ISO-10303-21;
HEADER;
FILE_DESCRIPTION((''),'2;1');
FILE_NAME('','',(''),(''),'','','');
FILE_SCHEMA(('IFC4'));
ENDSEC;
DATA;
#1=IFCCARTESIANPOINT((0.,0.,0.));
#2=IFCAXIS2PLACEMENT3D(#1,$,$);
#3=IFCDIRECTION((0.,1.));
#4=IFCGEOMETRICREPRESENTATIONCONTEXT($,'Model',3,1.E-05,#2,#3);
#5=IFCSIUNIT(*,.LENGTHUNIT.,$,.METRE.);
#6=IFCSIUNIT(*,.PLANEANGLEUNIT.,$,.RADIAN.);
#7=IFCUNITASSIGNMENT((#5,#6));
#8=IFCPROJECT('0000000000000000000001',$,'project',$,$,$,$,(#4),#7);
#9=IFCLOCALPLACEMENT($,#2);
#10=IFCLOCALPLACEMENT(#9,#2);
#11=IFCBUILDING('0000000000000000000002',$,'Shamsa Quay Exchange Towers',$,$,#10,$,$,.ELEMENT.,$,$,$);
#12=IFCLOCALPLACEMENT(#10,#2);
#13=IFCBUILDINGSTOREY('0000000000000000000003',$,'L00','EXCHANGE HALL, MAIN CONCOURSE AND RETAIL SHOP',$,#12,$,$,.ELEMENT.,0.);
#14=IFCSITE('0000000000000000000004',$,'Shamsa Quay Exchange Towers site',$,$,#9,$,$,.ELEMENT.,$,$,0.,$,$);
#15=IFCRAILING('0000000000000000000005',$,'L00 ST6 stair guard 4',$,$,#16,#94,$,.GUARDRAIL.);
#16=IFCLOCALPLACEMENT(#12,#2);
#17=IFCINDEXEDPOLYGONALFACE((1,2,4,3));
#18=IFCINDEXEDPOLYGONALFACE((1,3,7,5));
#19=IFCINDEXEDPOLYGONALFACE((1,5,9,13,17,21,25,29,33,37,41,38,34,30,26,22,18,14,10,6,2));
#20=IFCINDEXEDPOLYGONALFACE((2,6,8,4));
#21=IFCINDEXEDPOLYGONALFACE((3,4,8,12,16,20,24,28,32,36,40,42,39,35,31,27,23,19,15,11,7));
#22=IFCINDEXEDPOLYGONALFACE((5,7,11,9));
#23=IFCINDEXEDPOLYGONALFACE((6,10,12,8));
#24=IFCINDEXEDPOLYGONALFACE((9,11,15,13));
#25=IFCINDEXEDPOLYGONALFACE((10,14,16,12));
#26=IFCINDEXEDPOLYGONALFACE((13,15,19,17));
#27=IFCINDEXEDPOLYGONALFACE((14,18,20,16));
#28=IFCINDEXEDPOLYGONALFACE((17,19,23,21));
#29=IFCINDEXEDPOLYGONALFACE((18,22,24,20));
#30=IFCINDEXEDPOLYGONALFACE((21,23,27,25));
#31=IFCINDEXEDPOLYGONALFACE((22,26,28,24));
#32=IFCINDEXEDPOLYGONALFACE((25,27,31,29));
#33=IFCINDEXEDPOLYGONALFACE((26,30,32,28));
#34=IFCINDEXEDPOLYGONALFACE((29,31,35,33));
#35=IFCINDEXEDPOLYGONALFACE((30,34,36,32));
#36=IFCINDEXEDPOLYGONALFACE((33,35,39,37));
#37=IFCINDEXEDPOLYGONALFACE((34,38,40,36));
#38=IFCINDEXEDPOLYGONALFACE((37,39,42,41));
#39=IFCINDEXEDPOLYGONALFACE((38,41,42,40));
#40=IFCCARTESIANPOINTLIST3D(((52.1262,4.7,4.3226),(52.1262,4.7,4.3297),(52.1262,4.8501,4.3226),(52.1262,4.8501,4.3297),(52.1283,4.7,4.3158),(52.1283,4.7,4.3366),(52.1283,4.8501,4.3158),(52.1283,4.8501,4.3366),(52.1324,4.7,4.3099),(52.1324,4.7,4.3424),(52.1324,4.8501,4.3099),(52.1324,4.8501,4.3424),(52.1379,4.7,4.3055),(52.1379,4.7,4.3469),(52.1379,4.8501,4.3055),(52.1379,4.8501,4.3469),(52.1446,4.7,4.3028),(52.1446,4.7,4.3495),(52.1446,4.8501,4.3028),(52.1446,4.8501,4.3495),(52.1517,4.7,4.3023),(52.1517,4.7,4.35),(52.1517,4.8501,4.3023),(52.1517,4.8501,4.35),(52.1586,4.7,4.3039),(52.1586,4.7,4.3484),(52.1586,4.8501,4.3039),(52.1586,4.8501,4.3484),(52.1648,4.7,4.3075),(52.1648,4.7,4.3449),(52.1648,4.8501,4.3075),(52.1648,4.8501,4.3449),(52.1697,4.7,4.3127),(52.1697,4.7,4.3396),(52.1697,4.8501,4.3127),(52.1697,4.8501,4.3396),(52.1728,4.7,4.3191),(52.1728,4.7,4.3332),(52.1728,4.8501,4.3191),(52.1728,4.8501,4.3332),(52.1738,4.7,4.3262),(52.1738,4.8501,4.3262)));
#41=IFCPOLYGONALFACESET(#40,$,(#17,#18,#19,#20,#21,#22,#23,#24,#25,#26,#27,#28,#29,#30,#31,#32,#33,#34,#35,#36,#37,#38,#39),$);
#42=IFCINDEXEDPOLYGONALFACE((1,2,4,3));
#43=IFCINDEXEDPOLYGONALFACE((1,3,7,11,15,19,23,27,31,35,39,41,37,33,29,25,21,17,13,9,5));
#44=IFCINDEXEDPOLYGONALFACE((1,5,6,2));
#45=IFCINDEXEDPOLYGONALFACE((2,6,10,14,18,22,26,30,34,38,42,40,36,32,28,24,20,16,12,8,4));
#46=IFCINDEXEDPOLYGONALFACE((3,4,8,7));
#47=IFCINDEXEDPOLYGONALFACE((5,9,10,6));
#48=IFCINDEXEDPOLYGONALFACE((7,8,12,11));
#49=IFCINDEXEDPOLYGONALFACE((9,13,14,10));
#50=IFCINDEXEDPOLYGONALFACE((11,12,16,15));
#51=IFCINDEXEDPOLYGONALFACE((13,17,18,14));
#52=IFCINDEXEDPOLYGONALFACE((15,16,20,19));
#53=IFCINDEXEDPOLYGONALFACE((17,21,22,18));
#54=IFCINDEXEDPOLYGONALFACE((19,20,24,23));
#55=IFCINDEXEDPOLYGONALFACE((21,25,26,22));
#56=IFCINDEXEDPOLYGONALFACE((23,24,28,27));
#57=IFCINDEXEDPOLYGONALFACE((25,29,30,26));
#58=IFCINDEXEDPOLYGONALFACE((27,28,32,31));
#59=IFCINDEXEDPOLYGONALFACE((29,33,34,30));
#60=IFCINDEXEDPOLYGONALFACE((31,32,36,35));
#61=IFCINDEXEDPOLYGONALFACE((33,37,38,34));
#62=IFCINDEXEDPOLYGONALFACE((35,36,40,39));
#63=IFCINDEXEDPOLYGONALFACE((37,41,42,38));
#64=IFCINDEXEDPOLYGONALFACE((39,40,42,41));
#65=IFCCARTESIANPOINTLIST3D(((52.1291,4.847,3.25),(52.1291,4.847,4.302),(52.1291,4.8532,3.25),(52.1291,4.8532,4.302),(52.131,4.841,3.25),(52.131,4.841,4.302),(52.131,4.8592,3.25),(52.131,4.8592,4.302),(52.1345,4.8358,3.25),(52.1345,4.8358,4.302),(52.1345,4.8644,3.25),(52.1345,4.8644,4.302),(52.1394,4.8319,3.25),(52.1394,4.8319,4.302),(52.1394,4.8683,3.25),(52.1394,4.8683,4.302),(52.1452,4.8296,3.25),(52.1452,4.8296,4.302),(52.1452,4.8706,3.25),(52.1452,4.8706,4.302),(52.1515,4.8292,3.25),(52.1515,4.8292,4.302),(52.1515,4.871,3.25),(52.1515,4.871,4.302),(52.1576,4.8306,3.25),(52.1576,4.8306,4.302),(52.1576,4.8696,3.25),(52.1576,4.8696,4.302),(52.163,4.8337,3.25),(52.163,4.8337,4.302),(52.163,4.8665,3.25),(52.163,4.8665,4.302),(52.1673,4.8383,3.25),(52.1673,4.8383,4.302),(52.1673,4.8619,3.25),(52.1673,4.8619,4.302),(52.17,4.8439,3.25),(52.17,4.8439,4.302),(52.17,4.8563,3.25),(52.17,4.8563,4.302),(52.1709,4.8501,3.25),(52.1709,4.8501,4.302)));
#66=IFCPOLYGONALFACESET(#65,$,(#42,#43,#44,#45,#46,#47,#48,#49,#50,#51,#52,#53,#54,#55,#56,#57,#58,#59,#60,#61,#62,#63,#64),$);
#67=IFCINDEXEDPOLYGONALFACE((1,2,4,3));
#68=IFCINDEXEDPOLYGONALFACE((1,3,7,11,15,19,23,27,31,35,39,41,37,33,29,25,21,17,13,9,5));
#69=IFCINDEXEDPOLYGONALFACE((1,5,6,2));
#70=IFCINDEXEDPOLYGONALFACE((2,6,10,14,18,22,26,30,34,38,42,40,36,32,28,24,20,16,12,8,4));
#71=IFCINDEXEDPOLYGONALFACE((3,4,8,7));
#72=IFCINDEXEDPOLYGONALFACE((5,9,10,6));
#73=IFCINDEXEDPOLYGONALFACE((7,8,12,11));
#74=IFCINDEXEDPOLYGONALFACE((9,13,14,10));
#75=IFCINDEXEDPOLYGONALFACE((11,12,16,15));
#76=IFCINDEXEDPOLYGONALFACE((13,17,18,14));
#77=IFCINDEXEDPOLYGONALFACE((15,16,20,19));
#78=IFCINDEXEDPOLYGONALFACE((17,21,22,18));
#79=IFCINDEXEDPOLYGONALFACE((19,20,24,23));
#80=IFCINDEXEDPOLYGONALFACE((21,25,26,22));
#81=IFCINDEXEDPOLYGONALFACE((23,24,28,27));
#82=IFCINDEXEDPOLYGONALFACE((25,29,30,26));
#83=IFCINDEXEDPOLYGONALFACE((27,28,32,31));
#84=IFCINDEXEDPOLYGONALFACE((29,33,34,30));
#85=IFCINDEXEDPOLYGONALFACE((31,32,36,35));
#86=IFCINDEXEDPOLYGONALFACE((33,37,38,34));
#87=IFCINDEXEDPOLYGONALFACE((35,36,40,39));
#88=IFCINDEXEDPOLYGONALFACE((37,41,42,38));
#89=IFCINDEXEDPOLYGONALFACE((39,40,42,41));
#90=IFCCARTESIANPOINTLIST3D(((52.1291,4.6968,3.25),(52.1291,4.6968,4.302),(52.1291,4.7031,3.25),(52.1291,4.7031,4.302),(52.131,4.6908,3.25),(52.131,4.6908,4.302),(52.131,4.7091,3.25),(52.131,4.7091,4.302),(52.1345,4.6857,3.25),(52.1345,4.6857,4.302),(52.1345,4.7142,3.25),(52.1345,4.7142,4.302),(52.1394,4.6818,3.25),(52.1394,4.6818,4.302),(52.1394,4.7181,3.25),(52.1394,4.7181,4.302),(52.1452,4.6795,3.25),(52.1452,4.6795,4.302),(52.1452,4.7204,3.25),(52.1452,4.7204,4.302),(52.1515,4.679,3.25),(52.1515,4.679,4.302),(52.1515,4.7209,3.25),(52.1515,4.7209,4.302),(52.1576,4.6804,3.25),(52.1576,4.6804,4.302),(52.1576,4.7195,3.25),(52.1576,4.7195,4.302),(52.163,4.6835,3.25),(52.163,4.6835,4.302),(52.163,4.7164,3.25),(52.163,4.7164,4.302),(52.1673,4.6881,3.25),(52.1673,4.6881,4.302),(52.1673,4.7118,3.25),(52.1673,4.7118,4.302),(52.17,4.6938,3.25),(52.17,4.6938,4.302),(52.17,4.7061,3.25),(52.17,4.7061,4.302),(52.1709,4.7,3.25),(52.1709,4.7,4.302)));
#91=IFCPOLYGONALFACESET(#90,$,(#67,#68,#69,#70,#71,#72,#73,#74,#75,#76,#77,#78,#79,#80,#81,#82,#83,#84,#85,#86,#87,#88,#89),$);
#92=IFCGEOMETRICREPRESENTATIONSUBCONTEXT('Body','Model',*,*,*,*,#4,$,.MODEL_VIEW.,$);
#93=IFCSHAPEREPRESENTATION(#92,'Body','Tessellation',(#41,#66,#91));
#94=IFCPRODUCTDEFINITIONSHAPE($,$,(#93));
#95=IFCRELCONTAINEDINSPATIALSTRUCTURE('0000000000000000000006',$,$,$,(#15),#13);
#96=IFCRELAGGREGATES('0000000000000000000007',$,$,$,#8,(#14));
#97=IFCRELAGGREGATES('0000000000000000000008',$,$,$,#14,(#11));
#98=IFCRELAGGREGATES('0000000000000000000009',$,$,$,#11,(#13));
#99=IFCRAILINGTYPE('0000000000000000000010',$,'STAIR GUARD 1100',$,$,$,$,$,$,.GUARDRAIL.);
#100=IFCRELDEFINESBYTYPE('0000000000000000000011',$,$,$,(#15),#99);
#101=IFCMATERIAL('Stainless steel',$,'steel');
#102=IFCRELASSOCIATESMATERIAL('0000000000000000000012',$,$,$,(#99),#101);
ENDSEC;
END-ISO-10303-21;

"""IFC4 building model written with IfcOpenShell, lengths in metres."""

from ifc_helpers import new_model, si_unit, direction, frame, origin, origin_2d, place, context, subcontext, project, spatial, circle, extrude, material, type_object, element, save


model = new_model("IFC4")

# Units and contexts
model_context = context("Model", 3, precision=1e-05, world=origin(), true_north=direction((0.0, 1.0)))
body_context = subcontext(model_context, "Body", "Model", "MODEL_VIEW")
ifc_project = project(units=[si_unit("LENGTHUNIT", "METRE"), si_unit("PLANEANGLEUNIT", "RADIAN")], contexts=[model_context])

# Site, building, storey
site_placement = place(None, origin())
site = spatial("IfcSite", under=ifc_project, at=site_placement, Name="Shamsa Quay Exchange Towers site", CompositionType="ELEMENT", RefElevation=0.0)
building_placement = place(site_placement, origin())
building = spatial("IfcBuilding", under=site, at=building_placement, Name="Shamsa Quay Exchange Towers", CompositionType="ELEMENT")
storey_placement = place(building_placement, origin())
storey = spatial("IfcBuildingStorey", under=building, at=storey_placement, Name="L00", Description="EXCHANGE HALL, MAIN CONCOURSE AND RETAIL SHOP", CompositionType="ELEMENT", Elevation=0.0)

# Railing
ifc_material_1 = material(Name="Stainless steel", Category="steel")
railing_type = type_object("IfcRailingType", Name="STAIR GUARD 1100", PredefinedType="GUARDRAIL", material=ifc_material_1)
railing_1_placement = place(storey_placement, frame((52.1499, 4.8501, 3.25)))
element("IfcRailing", 1, at=railing_1_placement, inside=storey, type_object=railing_type, Name="L00 ST6 stair guard 4", PredefinedType="GUARDRAIL", context=body_context, shape_type="SweptSolid", body=[
    extrude(circle(Radius=0.0239, at=origin_2d()), frame((0.0, 0.0, 1.0762), z_axis=(0.0, -1.0, 0.0), x_axis=(1.0, 0.0, 0.0)), (0.0, 0.0, 1.0), 0.1501),
    extrude(circle(Radius=0.021, at=origin_2d()), origin(), (0.0, 0.0, 1.0), 1.052),
    extrude(circle(Radius=0.021, at=origin_2d()), frame((0.0, -0.1501, 0.0)), (0.0, 0.0, 1.0), 1.052),
])

save(model, "model.ifc")
